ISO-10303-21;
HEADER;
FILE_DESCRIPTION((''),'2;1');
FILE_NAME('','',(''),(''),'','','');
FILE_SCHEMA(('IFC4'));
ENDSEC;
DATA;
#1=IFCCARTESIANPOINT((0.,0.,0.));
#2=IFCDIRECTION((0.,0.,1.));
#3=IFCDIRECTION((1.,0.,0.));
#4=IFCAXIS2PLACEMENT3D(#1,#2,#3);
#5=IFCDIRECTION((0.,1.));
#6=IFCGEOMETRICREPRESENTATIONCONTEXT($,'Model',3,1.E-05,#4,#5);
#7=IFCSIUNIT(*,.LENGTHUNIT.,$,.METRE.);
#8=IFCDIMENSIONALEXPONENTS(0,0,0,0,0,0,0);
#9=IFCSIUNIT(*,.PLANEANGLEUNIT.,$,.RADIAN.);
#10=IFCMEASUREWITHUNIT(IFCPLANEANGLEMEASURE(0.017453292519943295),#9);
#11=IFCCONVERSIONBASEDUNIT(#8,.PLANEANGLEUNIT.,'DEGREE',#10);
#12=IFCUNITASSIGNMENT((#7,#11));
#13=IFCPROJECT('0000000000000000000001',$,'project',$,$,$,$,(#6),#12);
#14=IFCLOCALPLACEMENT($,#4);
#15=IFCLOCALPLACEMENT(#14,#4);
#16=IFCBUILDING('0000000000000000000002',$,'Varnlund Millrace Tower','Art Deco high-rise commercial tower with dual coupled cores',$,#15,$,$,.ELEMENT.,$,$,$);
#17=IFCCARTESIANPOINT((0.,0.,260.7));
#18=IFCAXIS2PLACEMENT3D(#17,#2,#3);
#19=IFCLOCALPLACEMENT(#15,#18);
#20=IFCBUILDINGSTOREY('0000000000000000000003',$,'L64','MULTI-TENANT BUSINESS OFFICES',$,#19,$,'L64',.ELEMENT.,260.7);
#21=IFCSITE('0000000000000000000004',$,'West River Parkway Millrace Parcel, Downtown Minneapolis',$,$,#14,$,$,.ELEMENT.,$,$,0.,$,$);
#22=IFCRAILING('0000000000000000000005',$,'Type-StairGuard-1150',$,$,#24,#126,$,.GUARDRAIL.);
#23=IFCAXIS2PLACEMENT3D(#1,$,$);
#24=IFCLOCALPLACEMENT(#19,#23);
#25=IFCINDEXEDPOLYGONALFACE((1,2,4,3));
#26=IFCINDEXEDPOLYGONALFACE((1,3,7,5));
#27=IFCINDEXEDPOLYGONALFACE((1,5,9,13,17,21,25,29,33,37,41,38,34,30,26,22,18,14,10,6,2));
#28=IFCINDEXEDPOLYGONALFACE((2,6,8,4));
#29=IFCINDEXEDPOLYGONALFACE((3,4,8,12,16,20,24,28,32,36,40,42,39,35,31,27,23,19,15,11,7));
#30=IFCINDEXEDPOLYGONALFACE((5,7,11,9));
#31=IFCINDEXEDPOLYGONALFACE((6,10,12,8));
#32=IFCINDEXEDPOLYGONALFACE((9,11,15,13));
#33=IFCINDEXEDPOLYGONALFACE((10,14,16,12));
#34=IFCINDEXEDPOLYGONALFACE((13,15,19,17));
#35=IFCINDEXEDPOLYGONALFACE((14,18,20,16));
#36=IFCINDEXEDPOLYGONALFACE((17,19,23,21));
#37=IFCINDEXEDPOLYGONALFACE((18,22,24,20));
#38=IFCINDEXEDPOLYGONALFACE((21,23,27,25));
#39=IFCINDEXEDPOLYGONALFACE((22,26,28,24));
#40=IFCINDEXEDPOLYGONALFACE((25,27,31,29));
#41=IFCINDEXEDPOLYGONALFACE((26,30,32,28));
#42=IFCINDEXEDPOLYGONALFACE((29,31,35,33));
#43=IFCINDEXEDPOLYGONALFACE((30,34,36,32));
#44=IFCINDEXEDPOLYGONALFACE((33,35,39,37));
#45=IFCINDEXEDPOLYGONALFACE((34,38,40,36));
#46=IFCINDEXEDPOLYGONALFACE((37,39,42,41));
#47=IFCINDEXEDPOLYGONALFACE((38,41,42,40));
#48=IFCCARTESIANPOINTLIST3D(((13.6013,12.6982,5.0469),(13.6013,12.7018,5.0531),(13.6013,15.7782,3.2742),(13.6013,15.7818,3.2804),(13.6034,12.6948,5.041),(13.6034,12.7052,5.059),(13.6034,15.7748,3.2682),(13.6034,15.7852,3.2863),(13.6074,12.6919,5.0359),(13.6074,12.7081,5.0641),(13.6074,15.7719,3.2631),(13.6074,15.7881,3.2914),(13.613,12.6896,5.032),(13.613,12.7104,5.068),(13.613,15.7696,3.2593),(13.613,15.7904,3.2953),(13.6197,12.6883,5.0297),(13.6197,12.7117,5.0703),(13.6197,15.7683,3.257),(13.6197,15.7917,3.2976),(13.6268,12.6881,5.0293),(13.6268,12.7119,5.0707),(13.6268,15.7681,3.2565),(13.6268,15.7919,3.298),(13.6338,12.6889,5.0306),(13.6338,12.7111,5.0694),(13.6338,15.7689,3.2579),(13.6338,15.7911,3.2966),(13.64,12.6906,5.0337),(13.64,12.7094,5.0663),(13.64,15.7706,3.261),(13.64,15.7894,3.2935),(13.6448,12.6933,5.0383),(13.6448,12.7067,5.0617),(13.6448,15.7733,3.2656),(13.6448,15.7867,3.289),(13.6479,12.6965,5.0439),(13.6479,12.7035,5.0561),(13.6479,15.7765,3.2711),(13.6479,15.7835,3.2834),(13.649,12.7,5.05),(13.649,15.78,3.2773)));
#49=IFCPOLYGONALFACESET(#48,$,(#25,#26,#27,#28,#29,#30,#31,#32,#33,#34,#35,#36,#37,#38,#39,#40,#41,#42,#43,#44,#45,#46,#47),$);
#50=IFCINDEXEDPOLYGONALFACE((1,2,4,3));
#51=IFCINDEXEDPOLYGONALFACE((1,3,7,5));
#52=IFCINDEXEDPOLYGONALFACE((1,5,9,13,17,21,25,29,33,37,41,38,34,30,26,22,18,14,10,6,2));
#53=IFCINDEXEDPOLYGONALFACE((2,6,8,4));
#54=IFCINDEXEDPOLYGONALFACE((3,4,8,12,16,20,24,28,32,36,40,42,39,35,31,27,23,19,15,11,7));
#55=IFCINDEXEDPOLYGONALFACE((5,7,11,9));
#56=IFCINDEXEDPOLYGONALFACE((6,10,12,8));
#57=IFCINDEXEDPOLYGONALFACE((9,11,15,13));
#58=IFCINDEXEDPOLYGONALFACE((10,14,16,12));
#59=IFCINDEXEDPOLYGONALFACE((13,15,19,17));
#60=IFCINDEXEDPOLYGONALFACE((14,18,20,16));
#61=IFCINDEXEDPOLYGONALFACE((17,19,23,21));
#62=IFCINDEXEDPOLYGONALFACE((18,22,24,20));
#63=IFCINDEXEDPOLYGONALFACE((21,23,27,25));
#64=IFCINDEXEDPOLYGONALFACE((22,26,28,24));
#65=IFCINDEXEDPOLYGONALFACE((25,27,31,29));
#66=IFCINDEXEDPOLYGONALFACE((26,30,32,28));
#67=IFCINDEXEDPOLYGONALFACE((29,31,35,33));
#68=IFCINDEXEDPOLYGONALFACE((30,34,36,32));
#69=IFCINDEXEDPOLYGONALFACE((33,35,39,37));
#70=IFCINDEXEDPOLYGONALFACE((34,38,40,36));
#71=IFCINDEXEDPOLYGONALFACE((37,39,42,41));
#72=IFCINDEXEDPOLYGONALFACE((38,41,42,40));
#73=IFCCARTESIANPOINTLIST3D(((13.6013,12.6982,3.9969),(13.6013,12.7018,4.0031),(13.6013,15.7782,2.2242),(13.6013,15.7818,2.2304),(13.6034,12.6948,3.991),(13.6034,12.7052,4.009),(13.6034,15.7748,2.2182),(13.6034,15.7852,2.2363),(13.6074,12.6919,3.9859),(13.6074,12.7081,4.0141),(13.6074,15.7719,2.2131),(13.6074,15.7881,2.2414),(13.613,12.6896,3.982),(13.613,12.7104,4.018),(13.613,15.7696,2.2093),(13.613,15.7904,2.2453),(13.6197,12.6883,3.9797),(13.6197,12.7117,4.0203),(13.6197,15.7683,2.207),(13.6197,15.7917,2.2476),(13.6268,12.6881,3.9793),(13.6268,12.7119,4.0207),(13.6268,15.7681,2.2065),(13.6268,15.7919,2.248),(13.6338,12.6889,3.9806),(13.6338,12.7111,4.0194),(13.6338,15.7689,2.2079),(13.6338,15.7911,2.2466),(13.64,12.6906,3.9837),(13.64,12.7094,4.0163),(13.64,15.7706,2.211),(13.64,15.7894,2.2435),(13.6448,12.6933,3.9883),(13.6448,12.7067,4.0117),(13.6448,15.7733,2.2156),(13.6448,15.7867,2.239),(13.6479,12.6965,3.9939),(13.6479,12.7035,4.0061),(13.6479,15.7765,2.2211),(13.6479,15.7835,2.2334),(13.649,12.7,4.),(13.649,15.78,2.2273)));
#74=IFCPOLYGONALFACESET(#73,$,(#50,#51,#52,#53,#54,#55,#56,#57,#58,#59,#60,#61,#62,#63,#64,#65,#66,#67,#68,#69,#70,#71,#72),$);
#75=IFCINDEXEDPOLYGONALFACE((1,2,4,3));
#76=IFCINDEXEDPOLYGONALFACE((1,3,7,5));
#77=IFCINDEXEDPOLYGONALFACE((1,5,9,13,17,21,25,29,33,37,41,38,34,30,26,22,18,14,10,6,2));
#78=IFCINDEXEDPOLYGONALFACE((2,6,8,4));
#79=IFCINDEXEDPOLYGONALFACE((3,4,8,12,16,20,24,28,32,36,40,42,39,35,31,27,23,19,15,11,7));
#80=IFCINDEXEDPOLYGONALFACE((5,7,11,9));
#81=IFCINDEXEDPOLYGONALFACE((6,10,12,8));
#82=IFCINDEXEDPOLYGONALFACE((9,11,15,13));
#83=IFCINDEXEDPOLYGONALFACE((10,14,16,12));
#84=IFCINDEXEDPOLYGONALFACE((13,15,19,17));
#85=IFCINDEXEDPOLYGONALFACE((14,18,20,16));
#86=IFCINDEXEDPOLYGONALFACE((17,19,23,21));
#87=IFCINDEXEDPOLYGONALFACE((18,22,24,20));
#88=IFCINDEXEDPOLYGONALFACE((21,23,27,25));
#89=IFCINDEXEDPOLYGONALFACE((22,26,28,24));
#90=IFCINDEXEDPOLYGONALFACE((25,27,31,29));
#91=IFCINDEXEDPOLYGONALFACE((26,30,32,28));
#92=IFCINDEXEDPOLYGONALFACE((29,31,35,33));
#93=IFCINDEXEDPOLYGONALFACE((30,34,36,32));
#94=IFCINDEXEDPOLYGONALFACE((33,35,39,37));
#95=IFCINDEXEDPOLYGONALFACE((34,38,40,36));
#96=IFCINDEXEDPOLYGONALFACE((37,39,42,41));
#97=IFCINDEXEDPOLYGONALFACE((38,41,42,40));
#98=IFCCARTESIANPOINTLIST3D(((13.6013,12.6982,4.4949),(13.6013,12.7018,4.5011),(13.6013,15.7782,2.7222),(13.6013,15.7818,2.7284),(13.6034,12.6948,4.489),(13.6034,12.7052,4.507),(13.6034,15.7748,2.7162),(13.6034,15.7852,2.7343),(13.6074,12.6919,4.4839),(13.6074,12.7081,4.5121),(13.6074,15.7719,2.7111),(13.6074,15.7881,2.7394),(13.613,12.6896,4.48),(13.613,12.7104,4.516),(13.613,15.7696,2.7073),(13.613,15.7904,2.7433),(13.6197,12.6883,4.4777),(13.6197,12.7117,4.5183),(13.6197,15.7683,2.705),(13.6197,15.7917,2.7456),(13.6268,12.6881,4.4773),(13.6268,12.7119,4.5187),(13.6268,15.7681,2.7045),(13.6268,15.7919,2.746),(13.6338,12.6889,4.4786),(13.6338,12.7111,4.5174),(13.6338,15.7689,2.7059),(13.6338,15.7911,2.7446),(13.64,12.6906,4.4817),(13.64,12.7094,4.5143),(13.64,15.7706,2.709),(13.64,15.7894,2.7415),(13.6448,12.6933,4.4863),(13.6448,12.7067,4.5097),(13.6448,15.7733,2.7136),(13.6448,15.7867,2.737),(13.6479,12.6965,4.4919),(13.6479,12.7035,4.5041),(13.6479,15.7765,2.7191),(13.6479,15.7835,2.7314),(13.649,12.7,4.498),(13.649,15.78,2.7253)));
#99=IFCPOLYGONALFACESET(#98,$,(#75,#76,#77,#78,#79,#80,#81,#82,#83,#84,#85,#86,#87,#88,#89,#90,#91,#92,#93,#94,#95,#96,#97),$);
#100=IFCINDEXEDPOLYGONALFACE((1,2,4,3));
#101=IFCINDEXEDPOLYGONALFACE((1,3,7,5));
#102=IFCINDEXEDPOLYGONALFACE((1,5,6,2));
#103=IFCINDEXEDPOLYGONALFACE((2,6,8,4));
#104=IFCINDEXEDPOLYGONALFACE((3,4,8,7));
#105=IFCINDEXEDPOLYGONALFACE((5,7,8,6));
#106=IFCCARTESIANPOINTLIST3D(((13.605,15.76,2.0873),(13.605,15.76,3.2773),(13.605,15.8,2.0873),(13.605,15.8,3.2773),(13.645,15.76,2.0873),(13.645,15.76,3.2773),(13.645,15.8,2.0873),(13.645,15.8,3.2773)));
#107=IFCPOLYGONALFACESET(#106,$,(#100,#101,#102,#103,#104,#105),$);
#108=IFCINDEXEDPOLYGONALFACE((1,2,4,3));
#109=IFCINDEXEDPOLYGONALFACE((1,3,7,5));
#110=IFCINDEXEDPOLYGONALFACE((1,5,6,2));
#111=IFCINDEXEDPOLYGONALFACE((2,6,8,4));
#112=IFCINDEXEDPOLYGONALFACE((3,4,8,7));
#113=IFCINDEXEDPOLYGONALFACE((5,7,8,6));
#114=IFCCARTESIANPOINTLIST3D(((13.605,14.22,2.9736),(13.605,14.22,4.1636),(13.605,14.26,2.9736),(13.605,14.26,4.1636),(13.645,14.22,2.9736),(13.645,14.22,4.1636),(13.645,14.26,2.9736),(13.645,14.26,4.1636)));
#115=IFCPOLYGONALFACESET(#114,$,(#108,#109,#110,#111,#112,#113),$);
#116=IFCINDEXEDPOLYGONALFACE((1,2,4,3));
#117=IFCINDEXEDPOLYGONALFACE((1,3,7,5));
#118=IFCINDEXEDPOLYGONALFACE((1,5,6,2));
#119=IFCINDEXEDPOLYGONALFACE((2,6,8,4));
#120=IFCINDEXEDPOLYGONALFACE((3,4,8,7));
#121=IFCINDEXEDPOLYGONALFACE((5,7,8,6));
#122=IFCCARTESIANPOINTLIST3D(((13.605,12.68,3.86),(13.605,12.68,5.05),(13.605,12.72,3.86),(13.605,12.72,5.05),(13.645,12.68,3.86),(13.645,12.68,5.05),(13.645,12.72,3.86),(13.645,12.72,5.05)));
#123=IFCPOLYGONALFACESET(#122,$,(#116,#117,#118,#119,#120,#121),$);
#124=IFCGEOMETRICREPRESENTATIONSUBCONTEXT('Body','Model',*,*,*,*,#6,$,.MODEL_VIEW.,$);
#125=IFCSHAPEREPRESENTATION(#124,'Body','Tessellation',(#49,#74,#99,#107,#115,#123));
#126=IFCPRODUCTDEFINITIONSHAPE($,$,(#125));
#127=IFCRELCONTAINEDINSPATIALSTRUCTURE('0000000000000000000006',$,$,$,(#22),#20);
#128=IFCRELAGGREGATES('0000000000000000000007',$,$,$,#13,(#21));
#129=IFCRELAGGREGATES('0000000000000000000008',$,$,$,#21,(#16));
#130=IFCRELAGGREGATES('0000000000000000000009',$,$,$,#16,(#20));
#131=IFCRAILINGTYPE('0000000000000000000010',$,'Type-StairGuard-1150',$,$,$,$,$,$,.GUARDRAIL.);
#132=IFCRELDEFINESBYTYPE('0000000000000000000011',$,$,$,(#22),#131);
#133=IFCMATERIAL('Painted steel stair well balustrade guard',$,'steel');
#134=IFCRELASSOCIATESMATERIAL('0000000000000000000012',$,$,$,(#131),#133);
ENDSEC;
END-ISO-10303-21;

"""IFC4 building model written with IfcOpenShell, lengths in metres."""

from ifc_helpers import new_model, entity, si_unit, converted_unit, direction, frame, origin_with_axes, origin_2d_with_axis, place, context, subcontext, project, spatial, rectangle, circle, extrude, material, type_object, element, save


model = new_model("IFC4")

# Units and contexts
model_context = context("Model", 3, precision=1e-05, world=origin_with_axes(), true_north=direction((0.0, 1.0)))
body_context = subcontext(model_context, "Body", "Model", "MODEL_VIEW")
ifc_project = project(units=[si_unit("LENGTHUNIT", "METRE"), converted_unit("PLANEANGLEUNIT", "DEGREE", entity("IfcPlaneAngleMeasure", 0.017453292519943295), si_unit("PLANEANGLEUNIT", "RADIAN"), dimensions=[0, 0, 0, 0, 0, 0, 0])], contexts=[model_context])

# Site, building, storey
site_placement = place(None, origin_with_axes())
site = spatial("IfcSite", under=ifc_project, at=site_placement, Name="West River Parkway Millrace Parcel, Downtown Minneapolis", CompositionType="ELEMENT", RefElevation=0.0)
building_placement = place(site_placement, origin_with_axes())
building = spatial("IfcBuilding", under=site, at=building_placement, Name="Varnlund Millrace Tower", Description="Art Deco high-rise commercial tower with dual coupled cores", CompositionType="ELEMENT")
storey_placement = place(building_placement, frame((0.0, 0.0, 260.7), z_axis=(0.0, 0.0, 1.0), x_axis=(1.0, 0.0, 0.0)))
storey = spatial("IfcBuildingStorey", under=building, at=storey_placement, Name="L64", Description="MULTI-TENANT BUSINESS OFFICES", LongName="L64", CompositionType="ELEMENT", Elevation=260.7)

# Railing
ifc_material_1 = material(Name="Painted steel stair well balustrade guard", Category="steel")
railing_type_1 = type_object("IfcRailingType", Name="Type-StairGuard-1150", PredefinedType="GUARDRAIL", material=ifc_material_1)
railing_1_placement = place(storey_placement, frame((0.0, 0.0, -260.7), z_axis=(0.0, 0.0, 1.0), x_axis=(1.0, 0.0, 0.0)))
element("IfcRailing", 1, at=railing_1_placement, inside=storey, type_object=railing_type_1, Name="Type-StairGuard-1150", PredefinedType="GUARDRAIL", context=body_context, shape_type="SweptSolid", body=[
    extrude(circle(Radius=0.024, at=origin_2d_with_axis()), frame((13.625, 15.78, 263.9773), z_axis=(0.0, -0.866696, 0.498836), x_axis=(1.0, 0.0, 0.0)), (0.0, 0.0, 1.0), 3.5537),
    extrude(circle(Radius=0.024, at=origin_2d_with_axis()), frame((13.625, 15.78, 262.9273), z_axis=(0.0, -0.866696, 0.498836), x_axis=(1.0, 0.0, 0.0)), (0.0, 0.0, 1.0), 3.5537),
    extrude(circle(Radius=0.024, at=origin_2d_with_axis()), frame((13.625, 15.78, 263.4253), z_axis=(0.0, -0.866696, 0.498836), x_axis=(1.0, 0.0, 0.0)), (0.0, 0.0, 1.0), 3.5537),
    extrude(rectangle(XDim=0.04, YDim=0.04, at=origin_2d_with_axis()), frame((13.625, 15.78, 262.7873), z_axis=(0.0, 0.0, 1.0), x_axis=(1.0, 0.0, 0.0)), (0.0, 0.0, 1.0), 1.19),
    extrude(rectangle(XDim=0.04, YDim=0.04, at=origin_2d_with_axis()), frame((13.625, 14.24, 263.6736), z_axis=(0.0, 0.0, 1.0), x_axis=(1.0, 0.0, 0.0)), (0.0, 0.0, 1.0), 1.19),
    extrude(rectangle(XDim=0.04, YDim=0.04, at=origin_2d_with_axis()), frame((13.625, 12.7, 264.56), z_axis=(0.0, 0.0, 1.0), x_axis=(1.0, 0.0, 0.0)), (0.0, 0.0, 1.0), 1.19),
])

save(model, "model.ifc")
